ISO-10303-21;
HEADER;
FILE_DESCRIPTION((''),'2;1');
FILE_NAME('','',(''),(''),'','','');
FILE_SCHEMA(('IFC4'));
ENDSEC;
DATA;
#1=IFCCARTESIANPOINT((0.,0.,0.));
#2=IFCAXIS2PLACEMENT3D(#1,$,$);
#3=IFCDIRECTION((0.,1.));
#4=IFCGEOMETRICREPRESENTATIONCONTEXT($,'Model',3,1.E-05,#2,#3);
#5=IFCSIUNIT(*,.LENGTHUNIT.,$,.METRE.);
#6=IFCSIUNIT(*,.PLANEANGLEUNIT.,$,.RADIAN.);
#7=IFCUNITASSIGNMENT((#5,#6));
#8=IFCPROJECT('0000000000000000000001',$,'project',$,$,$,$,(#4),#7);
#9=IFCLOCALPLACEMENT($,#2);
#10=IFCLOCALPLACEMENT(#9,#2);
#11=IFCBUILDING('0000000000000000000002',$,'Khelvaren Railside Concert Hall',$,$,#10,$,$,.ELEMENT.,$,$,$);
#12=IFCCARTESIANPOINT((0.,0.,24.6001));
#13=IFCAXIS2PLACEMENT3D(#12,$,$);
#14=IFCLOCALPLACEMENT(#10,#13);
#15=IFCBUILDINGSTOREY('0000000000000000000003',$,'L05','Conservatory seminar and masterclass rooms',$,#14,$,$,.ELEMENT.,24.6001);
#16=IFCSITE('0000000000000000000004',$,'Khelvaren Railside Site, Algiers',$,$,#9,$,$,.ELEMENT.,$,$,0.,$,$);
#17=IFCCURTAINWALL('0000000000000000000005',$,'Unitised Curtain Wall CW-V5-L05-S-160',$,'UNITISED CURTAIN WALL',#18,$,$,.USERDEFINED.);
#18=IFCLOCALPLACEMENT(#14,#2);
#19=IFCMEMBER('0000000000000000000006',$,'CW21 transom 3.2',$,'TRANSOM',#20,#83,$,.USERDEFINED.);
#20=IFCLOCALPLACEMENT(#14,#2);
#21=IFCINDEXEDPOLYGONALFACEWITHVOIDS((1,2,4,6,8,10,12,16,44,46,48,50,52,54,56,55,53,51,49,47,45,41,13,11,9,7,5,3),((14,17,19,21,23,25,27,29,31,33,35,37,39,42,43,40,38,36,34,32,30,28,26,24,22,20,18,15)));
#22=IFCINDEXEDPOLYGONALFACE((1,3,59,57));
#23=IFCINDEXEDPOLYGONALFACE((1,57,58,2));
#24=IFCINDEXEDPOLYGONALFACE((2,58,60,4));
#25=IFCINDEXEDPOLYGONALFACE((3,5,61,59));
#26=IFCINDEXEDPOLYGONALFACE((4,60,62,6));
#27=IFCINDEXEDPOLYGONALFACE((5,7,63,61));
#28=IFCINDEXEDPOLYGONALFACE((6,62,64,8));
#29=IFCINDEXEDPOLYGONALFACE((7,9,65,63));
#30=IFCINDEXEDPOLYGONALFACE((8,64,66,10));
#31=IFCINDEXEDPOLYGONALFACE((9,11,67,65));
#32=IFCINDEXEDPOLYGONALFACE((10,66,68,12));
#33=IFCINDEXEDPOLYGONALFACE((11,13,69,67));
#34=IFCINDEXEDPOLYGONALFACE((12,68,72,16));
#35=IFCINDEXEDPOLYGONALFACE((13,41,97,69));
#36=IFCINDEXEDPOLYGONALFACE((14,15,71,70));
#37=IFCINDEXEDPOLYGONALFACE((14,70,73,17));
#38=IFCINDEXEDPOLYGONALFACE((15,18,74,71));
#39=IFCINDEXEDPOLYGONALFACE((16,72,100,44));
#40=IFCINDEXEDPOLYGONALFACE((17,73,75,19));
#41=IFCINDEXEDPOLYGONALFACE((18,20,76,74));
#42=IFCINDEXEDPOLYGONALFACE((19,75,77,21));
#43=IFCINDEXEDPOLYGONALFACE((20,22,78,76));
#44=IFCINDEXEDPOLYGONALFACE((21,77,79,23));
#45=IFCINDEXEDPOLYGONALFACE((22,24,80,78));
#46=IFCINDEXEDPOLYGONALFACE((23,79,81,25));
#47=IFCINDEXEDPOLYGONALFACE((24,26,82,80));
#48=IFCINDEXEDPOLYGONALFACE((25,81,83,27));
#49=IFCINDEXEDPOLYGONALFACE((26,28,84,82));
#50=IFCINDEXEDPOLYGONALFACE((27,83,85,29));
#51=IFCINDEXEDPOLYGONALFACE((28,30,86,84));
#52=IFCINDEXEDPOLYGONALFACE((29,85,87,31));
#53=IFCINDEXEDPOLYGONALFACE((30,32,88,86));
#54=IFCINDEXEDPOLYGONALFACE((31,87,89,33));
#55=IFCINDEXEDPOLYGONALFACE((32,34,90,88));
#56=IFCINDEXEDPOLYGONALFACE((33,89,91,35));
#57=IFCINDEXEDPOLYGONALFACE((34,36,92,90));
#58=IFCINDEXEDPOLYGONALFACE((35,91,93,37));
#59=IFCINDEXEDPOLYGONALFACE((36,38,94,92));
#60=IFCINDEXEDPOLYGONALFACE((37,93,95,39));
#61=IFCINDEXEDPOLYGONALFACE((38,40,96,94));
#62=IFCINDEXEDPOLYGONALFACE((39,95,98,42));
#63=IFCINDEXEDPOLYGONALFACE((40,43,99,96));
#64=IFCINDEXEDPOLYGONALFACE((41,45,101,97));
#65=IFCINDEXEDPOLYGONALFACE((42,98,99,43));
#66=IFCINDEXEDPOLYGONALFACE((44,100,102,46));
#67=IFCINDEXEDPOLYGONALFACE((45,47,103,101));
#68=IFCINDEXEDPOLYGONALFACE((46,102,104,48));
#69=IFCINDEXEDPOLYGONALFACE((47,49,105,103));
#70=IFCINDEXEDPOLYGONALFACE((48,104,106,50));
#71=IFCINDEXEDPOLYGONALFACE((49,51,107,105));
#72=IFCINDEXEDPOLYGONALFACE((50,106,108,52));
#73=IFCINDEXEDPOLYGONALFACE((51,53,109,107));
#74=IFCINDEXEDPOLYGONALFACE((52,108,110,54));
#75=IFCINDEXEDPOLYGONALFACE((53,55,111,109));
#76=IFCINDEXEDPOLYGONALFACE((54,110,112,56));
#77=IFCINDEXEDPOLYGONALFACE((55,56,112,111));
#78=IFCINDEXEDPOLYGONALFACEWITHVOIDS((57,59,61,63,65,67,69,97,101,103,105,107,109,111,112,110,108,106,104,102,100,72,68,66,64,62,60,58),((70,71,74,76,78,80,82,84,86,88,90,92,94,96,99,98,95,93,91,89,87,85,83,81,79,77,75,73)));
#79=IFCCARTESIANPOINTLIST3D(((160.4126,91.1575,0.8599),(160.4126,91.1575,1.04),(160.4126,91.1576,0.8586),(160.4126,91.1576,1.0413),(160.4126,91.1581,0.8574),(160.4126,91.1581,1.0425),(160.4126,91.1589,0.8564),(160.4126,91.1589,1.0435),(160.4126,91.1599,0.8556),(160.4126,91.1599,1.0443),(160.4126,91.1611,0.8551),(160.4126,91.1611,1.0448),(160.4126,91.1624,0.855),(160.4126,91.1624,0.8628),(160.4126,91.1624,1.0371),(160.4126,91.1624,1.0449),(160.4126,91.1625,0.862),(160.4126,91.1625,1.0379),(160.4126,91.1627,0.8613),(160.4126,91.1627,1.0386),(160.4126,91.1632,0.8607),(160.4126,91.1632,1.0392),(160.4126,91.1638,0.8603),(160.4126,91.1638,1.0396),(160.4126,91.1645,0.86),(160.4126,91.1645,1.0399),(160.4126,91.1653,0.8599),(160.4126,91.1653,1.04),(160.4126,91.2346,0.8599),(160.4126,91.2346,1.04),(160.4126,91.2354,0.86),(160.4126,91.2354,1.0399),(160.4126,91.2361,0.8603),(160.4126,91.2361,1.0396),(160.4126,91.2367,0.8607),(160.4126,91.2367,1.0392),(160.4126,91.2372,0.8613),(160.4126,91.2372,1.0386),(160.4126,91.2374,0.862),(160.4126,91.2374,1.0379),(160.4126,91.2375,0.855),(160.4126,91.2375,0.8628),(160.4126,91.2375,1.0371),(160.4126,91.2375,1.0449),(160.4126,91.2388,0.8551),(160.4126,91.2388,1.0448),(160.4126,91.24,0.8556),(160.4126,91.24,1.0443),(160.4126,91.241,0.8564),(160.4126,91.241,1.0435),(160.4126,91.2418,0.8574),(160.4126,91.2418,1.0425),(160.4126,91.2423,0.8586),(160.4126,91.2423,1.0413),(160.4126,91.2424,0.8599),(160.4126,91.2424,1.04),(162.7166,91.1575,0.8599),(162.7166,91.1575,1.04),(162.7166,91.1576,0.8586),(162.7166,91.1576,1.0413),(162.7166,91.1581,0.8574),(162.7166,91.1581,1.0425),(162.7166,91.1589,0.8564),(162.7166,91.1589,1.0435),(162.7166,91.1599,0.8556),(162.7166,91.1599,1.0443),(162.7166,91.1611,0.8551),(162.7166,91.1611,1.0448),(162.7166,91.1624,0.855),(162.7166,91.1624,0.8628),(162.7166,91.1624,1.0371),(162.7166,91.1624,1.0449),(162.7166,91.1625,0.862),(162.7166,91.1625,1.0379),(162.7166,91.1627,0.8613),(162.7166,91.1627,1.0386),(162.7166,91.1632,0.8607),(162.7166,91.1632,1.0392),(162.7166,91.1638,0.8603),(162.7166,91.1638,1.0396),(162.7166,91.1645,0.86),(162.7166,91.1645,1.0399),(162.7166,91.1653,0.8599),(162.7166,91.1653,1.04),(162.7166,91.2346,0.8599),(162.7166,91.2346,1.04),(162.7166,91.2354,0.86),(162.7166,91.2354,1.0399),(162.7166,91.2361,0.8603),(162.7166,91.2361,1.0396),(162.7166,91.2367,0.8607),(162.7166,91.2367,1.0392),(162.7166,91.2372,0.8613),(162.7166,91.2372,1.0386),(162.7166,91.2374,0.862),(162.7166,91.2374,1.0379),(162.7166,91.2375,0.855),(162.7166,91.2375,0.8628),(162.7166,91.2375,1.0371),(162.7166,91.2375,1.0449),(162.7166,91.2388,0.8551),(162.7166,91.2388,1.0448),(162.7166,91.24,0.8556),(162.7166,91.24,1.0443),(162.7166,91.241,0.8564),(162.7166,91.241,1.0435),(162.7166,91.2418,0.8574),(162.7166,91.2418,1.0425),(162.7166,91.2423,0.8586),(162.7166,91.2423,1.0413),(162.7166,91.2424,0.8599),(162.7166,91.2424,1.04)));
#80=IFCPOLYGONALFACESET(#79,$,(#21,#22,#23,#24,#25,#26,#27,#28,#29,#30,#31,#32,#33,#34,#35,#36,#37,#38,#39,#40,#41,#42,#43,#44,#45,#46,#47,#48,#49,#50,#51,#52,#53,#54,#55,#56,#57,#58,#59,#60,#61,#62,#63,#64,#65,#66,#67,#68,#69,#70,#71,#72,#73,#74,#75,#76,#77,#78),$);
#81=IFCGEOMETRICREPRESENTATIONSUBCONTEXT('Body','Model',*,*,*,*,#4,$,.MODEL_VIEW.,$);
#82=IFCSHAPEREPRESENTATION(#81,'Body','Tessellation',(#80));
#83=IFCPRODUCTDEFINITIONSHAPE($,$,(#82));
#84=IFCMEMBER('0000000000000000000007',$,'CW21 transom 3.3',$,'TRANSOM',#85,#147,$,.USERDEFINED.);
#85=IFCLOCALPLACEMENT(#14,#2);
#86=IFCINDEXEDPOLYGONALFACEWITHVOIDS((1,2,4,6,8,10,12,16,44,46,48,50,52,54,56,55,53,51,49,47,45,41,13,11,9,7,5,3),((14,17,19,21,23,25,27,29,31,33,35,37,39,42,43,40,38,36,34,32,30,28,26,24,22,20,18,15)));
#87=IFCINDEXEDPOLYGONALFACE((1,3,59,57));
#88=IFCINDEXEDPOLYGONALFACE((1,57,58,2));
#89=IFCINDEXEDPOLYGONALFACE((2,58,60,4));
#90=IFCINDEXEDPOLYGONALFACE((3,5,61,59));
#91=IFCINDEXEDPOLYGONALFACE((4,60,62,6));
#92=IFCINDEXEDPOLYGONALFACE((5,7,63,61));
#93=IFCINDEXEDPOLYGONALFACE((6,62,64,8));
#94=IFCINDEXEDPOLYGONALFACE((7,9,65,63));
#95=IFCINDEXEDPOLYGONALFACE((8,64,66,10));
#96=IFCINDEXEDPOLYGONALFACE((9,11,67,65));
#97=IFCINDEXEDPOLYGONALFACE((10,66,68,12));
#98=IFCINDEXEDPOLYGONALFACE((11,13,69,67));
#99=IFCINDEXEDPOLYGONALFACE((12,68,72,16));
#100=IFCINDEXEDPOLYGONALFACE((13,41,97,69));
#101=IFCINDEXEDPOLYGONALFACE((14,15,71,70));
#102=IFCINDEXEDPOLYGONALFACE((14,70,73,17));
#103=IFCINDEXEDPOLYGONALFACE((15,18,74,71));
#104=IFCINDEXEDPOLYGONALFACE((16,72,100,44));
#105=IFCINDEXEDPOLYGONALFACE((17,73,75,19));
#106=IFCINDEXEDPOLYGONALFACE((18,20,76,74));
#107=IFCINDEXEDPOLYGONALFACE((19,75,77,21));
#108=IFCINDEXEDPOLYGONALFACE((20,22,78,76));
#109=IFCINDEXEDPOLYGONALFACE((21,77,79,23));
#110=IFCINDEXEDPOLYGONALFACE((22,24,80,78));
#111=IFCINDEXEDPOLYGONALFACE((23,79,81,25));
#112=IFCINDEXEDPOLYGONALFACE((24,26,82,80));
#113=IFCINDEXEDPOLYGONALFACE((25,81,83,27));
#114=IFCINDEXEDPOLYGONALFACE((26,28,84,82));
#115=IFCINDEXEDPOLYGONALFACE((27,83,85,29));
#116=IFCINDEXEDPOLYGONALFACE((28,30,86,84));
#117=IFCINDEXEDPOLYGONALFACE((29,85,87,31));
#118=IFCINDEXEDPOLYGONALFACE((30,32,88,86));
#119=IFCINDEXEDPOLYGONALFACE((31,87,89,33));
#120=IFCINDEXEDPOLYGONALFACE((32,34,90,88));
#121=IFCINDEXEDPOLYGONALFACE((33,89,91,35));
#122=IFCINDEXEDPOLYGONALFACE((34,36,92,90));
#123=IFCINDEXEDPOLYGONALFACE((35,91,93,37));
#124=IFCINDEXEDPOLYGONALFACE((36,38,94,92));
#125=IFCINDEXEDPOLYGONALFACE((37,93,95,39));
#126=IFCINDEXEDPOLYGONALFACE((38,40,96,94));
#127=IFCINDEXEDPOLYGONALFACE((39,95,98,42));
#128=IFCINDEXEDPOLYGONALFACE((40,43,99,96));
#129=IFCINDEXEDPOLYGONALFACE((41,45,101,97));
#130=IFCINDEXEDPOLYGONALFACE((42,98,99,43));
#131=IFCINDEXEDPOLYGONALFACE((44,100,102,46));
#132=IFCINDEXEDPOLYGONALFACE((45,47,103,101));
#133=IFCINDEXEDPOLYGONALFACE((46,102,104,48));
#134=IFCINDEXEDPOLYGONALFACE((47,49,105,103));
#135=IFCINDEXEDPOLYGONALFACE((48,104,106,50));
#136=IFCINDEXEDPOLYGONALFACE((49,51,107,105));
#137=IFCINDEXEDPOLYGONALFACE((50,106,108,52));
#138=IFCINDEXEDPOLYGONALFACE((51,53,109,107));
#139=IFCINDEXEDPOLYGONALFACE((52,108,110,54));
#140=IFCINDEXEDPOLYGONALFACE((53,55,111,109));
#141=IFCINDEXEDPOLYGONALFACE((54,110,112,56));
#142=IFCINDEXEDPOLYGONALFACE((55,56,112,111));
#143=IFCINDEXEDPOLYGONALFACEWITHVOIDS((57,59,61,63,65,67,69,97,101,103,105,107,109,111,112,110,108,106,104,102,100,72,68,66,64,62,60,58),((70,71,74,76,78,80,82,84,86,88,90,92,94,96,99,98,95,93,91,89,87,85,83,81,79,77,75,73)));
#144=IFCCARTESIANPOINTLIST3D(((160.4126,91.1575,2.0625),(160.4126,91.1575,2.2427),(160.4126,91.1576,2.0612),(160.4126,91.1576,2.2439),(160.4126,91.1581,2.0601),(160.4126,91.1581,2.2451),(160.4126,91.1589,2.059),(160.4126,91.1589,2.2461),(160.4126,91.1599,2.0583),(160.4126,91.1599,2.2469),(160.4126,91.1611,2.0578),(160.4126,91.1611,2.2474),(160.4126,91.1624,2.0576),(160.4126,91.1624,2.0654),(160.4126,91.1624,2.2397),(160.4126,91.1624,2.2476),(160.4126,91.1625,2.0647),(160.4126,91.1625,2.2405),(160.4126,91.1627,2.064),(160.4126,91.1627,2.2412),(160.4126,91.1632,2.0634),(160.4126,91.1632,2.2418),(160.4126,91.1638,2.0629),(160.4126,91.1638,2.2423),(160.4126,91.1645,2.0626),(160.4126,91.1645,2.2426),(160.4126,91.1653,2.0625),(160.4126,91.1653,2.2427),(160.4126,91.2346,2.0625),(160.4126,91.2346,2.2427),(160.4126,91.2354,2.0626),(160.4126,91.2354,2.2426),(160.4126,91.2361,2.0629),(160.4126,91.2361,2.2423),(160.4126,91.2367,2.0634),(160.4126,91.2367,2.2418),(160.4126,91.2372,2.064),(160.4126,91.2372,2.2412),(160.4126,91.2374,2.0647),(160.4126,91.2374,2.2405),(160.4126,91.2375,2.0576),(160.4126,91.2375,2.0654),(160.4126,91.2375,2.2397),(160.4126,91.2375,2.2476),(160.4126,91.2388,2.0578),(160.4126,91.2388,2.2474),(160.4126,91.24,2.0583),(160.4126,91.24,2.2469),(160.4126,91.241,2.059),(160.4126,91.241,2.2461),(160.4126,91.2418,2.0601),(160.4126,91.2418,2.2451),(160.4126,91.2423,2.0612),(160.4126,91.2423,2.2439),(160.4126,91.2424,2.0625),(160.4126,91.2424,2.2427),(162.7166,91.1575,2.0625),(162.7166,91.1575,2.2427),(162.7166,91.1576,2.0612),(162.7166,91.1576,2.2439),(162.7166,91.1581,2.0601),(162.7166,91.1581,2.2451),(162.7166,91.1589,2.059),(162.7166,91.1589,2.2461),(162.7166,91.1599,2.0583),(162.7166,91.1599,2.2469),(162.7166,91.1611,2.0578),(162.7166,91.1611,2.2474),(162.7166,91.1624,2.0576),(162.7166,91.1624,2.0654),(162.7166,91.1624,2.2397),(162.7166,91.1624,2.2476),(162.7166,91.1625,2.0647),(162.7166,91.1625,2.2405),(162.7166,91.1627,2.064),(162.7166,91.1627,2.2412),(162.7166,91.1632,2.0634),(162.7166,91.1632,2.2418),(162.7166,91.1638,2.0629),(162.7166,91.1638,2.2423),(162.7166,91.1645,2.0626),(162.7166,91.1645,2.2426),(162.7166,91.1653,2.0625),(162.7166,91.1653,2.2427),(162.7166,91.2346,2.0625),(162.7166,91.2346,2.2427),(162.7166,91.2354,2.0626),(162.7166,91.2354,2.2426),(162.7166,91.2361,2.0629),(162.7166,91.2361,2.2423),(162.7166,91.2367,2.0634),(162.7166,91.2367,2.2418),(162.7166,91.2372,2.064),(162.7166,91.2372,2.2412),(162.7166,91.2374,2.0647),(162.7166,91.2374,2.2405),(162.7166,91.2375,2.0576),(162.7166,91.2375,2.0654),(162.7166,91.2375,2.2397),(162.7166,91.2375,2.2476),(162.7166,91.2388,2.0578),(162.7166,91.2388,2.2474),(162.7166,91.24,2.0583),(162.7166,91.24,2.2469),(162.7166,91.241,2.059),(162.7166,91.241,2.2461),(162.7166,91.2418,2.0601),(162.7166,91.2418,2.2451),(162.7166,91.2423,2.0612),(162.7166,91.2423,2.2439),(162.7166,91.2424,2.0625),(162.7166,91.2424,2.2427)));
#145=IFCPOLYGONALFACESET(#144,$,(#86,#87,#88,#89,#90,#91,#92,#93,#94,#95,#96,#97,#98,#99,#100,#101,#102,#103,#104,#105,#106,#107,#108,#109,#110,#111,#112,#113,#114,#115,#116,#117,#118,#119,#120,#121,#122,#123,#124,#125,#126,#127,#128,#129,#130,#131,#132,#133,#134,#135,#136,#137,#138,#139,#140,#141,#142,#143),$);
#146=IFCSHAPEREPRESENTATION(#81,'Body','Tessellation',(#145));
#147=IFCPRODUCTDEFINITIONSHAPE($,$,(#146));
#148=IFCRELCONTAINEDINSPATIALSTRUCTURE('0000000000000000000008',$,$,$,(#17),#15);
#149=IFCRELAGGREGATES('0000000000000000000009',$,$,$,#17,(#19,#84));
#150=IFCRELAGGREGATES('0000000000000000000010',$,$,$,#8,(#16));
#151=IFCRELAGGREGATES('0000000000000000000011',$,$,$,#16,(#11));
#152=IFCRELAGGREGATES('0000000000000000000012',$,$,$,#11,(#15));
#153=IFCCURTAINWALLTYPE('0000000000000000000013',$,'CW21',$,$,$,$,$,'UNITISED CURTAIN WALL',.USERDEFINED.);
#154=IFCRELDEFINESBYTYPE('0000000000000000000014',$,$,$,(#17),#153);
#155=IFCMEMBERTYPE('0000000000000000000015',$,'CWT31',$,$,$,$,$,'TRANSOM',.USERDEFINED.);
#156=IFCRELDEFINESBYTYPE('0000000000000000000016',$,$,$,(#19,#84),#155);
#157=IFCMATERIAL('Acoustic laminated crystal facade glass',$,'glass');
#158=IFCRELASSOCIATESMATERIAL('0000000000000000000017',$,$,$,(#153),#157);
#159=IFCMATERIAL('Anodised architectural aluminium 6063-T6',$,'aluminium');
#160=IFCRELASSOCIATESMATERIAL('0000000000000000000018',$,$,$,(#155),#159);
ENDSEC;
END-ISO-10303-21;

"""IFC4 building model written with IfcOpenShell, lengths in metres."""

from ifc_helpers import new_model, si_unit, direction, frame, origin, origin_2d, place, context, subcontext, project, spatial, hollow_rectangle, extrude, material, material_profile, profile_set, type_object, element, aggregate, save


model = new_model("IFC4")

# Units and contexts
model_context = context("Model", 3, precision=1e-05, world=origin(), true_north=direction((0.0, 1.0)))
body_context = subcontext(model_context, "Body", "Model", "MODEL_VIEW")
ifc_project = project(units=[si_unit("LENGTHUNIT", "METRE"), si_unit("PLANEANGLEUNIT", "RADIAN")], contexts=[model_context])

# Site, building, storey
site_placement = place(None, origin())
site = spatial("IfcSite", under=ifc_project, at=site_placement, Name="Khelvaren Railside Site, Algiers", CompositionType="ELEMENT", RefElevation=0.0)
building_placement = place(site_placement, origin())
building = spatial("IfcBuilding", under=site, at=building_placement, Name="Khelvaren Railside Concert Hall", CompositionType="ELEMENT")
storey_placement = place(building_placement, frame((0.0, 0.0, 24.6001)))
storey = spatial("IfcBuildingStorey", under=building, at=storey_placement, Name="L05", Description="Conservatory seminar and masterclass rooms", CompositionType="ELEMENT", Elevation=24.6001)

# Shared definitions
ifc_material_1 = material(Name="Acoustic laminated crystal facade glass", Category="glass")
ifc_material_2 = material(Name="Anodised architectural aluminium 6063-T6", Category="aluminium")

# Curtain wall
curtain_wall_type_1 = type_object("IfcCurtainWallType", Name="CW21", ElementType="UNITISED CURTAIN WALL", PredefinedType="USERDEFINED", material=ifc_material_1)
curtain_wall_1_placement = place(storey_placement, origin())
curtain_wall_1 = element("IfcCurtainWall", 1, at=curtain_wall_1_placement, inside=storey, type_object=curtain_wall_type_1, Name="Unitised Curtain Wall CW-V5-L05-S-160", ObjectType="UNITISED CURTAIN WALL", PredefinedType="USERDEFINED")

# Members
ifc_material_profile_1 = material_profile(ifc_material_2, hollow_rectangle(XDim=0.085, YDim=0.1899, WallThickness=0.0049, InnerFilletRadius=0.0029, OuterFilletRadius=0.0049, at=origin_2d()), Name="CWT 85x190x5")
ifc_profile_set_1 = profile_set([ifc_material_profile_1], Name="Anodised architectural aluminium 6063-T6")
member_type_1 = type_object("IfcMemberType", Name="CWT31", ElementType="TRANSOM", PredefinedType="USERDEFINED", material=ifc_profile_set_1)
member_1_placement = place(storey_placement, frame((162.7166, 91.2, 0.95), z_axis=(-1.0, 0.0, 0.0), x_axis=(0.0, -1.0, 0.0)))
member_1 = element("IfcMember", 2, at=member_1_placement, type_object=member_type_1, Name="CW21 transom 3.2", ObjectType="TRANSOM", PredefinedType="USERDEFINED", context=body_context, shape_type="SweptSolid", body=[
    extrude(hollow_rectangle(XDim=0.085, YDim=0.1899, WallThickness=0.0049, InnerFilletRadius=0.0029, OuterFilletRadius=0.0049, at=origin_2d()), origin(), (0.0, 0.0, 1.0), 2.304),
])
member_2_placement = place(storey_placement, frame((162.7166, 91.2, 2.1526), z_axis=(-1.0, 0.0, 0.0), x_axis=(0.0, -1.0, 0.0)))
member_2 = element("IfcMember", 3, at=member_2_placement, type_object=member_type_1, Name="CW21 transom 3.3", ObjectType="TRANSOM", PredefinedType="USERDEFINED", context=body_context, shape_type="SweptSolid", body=[
    extrude(hollow_rectangle(XDim=0.085, YDim=0.1899, WallThickness=0.0049, InnerFilletRadius=0.0029, OuterFilletRadius=0.0049, at=origin_2d()), origin(), (0.0, 0.0, 1.0), 2.304),
])

aggregate(curtain_wall_1, [member_1, member_2])

save(model, "model.ifc")
